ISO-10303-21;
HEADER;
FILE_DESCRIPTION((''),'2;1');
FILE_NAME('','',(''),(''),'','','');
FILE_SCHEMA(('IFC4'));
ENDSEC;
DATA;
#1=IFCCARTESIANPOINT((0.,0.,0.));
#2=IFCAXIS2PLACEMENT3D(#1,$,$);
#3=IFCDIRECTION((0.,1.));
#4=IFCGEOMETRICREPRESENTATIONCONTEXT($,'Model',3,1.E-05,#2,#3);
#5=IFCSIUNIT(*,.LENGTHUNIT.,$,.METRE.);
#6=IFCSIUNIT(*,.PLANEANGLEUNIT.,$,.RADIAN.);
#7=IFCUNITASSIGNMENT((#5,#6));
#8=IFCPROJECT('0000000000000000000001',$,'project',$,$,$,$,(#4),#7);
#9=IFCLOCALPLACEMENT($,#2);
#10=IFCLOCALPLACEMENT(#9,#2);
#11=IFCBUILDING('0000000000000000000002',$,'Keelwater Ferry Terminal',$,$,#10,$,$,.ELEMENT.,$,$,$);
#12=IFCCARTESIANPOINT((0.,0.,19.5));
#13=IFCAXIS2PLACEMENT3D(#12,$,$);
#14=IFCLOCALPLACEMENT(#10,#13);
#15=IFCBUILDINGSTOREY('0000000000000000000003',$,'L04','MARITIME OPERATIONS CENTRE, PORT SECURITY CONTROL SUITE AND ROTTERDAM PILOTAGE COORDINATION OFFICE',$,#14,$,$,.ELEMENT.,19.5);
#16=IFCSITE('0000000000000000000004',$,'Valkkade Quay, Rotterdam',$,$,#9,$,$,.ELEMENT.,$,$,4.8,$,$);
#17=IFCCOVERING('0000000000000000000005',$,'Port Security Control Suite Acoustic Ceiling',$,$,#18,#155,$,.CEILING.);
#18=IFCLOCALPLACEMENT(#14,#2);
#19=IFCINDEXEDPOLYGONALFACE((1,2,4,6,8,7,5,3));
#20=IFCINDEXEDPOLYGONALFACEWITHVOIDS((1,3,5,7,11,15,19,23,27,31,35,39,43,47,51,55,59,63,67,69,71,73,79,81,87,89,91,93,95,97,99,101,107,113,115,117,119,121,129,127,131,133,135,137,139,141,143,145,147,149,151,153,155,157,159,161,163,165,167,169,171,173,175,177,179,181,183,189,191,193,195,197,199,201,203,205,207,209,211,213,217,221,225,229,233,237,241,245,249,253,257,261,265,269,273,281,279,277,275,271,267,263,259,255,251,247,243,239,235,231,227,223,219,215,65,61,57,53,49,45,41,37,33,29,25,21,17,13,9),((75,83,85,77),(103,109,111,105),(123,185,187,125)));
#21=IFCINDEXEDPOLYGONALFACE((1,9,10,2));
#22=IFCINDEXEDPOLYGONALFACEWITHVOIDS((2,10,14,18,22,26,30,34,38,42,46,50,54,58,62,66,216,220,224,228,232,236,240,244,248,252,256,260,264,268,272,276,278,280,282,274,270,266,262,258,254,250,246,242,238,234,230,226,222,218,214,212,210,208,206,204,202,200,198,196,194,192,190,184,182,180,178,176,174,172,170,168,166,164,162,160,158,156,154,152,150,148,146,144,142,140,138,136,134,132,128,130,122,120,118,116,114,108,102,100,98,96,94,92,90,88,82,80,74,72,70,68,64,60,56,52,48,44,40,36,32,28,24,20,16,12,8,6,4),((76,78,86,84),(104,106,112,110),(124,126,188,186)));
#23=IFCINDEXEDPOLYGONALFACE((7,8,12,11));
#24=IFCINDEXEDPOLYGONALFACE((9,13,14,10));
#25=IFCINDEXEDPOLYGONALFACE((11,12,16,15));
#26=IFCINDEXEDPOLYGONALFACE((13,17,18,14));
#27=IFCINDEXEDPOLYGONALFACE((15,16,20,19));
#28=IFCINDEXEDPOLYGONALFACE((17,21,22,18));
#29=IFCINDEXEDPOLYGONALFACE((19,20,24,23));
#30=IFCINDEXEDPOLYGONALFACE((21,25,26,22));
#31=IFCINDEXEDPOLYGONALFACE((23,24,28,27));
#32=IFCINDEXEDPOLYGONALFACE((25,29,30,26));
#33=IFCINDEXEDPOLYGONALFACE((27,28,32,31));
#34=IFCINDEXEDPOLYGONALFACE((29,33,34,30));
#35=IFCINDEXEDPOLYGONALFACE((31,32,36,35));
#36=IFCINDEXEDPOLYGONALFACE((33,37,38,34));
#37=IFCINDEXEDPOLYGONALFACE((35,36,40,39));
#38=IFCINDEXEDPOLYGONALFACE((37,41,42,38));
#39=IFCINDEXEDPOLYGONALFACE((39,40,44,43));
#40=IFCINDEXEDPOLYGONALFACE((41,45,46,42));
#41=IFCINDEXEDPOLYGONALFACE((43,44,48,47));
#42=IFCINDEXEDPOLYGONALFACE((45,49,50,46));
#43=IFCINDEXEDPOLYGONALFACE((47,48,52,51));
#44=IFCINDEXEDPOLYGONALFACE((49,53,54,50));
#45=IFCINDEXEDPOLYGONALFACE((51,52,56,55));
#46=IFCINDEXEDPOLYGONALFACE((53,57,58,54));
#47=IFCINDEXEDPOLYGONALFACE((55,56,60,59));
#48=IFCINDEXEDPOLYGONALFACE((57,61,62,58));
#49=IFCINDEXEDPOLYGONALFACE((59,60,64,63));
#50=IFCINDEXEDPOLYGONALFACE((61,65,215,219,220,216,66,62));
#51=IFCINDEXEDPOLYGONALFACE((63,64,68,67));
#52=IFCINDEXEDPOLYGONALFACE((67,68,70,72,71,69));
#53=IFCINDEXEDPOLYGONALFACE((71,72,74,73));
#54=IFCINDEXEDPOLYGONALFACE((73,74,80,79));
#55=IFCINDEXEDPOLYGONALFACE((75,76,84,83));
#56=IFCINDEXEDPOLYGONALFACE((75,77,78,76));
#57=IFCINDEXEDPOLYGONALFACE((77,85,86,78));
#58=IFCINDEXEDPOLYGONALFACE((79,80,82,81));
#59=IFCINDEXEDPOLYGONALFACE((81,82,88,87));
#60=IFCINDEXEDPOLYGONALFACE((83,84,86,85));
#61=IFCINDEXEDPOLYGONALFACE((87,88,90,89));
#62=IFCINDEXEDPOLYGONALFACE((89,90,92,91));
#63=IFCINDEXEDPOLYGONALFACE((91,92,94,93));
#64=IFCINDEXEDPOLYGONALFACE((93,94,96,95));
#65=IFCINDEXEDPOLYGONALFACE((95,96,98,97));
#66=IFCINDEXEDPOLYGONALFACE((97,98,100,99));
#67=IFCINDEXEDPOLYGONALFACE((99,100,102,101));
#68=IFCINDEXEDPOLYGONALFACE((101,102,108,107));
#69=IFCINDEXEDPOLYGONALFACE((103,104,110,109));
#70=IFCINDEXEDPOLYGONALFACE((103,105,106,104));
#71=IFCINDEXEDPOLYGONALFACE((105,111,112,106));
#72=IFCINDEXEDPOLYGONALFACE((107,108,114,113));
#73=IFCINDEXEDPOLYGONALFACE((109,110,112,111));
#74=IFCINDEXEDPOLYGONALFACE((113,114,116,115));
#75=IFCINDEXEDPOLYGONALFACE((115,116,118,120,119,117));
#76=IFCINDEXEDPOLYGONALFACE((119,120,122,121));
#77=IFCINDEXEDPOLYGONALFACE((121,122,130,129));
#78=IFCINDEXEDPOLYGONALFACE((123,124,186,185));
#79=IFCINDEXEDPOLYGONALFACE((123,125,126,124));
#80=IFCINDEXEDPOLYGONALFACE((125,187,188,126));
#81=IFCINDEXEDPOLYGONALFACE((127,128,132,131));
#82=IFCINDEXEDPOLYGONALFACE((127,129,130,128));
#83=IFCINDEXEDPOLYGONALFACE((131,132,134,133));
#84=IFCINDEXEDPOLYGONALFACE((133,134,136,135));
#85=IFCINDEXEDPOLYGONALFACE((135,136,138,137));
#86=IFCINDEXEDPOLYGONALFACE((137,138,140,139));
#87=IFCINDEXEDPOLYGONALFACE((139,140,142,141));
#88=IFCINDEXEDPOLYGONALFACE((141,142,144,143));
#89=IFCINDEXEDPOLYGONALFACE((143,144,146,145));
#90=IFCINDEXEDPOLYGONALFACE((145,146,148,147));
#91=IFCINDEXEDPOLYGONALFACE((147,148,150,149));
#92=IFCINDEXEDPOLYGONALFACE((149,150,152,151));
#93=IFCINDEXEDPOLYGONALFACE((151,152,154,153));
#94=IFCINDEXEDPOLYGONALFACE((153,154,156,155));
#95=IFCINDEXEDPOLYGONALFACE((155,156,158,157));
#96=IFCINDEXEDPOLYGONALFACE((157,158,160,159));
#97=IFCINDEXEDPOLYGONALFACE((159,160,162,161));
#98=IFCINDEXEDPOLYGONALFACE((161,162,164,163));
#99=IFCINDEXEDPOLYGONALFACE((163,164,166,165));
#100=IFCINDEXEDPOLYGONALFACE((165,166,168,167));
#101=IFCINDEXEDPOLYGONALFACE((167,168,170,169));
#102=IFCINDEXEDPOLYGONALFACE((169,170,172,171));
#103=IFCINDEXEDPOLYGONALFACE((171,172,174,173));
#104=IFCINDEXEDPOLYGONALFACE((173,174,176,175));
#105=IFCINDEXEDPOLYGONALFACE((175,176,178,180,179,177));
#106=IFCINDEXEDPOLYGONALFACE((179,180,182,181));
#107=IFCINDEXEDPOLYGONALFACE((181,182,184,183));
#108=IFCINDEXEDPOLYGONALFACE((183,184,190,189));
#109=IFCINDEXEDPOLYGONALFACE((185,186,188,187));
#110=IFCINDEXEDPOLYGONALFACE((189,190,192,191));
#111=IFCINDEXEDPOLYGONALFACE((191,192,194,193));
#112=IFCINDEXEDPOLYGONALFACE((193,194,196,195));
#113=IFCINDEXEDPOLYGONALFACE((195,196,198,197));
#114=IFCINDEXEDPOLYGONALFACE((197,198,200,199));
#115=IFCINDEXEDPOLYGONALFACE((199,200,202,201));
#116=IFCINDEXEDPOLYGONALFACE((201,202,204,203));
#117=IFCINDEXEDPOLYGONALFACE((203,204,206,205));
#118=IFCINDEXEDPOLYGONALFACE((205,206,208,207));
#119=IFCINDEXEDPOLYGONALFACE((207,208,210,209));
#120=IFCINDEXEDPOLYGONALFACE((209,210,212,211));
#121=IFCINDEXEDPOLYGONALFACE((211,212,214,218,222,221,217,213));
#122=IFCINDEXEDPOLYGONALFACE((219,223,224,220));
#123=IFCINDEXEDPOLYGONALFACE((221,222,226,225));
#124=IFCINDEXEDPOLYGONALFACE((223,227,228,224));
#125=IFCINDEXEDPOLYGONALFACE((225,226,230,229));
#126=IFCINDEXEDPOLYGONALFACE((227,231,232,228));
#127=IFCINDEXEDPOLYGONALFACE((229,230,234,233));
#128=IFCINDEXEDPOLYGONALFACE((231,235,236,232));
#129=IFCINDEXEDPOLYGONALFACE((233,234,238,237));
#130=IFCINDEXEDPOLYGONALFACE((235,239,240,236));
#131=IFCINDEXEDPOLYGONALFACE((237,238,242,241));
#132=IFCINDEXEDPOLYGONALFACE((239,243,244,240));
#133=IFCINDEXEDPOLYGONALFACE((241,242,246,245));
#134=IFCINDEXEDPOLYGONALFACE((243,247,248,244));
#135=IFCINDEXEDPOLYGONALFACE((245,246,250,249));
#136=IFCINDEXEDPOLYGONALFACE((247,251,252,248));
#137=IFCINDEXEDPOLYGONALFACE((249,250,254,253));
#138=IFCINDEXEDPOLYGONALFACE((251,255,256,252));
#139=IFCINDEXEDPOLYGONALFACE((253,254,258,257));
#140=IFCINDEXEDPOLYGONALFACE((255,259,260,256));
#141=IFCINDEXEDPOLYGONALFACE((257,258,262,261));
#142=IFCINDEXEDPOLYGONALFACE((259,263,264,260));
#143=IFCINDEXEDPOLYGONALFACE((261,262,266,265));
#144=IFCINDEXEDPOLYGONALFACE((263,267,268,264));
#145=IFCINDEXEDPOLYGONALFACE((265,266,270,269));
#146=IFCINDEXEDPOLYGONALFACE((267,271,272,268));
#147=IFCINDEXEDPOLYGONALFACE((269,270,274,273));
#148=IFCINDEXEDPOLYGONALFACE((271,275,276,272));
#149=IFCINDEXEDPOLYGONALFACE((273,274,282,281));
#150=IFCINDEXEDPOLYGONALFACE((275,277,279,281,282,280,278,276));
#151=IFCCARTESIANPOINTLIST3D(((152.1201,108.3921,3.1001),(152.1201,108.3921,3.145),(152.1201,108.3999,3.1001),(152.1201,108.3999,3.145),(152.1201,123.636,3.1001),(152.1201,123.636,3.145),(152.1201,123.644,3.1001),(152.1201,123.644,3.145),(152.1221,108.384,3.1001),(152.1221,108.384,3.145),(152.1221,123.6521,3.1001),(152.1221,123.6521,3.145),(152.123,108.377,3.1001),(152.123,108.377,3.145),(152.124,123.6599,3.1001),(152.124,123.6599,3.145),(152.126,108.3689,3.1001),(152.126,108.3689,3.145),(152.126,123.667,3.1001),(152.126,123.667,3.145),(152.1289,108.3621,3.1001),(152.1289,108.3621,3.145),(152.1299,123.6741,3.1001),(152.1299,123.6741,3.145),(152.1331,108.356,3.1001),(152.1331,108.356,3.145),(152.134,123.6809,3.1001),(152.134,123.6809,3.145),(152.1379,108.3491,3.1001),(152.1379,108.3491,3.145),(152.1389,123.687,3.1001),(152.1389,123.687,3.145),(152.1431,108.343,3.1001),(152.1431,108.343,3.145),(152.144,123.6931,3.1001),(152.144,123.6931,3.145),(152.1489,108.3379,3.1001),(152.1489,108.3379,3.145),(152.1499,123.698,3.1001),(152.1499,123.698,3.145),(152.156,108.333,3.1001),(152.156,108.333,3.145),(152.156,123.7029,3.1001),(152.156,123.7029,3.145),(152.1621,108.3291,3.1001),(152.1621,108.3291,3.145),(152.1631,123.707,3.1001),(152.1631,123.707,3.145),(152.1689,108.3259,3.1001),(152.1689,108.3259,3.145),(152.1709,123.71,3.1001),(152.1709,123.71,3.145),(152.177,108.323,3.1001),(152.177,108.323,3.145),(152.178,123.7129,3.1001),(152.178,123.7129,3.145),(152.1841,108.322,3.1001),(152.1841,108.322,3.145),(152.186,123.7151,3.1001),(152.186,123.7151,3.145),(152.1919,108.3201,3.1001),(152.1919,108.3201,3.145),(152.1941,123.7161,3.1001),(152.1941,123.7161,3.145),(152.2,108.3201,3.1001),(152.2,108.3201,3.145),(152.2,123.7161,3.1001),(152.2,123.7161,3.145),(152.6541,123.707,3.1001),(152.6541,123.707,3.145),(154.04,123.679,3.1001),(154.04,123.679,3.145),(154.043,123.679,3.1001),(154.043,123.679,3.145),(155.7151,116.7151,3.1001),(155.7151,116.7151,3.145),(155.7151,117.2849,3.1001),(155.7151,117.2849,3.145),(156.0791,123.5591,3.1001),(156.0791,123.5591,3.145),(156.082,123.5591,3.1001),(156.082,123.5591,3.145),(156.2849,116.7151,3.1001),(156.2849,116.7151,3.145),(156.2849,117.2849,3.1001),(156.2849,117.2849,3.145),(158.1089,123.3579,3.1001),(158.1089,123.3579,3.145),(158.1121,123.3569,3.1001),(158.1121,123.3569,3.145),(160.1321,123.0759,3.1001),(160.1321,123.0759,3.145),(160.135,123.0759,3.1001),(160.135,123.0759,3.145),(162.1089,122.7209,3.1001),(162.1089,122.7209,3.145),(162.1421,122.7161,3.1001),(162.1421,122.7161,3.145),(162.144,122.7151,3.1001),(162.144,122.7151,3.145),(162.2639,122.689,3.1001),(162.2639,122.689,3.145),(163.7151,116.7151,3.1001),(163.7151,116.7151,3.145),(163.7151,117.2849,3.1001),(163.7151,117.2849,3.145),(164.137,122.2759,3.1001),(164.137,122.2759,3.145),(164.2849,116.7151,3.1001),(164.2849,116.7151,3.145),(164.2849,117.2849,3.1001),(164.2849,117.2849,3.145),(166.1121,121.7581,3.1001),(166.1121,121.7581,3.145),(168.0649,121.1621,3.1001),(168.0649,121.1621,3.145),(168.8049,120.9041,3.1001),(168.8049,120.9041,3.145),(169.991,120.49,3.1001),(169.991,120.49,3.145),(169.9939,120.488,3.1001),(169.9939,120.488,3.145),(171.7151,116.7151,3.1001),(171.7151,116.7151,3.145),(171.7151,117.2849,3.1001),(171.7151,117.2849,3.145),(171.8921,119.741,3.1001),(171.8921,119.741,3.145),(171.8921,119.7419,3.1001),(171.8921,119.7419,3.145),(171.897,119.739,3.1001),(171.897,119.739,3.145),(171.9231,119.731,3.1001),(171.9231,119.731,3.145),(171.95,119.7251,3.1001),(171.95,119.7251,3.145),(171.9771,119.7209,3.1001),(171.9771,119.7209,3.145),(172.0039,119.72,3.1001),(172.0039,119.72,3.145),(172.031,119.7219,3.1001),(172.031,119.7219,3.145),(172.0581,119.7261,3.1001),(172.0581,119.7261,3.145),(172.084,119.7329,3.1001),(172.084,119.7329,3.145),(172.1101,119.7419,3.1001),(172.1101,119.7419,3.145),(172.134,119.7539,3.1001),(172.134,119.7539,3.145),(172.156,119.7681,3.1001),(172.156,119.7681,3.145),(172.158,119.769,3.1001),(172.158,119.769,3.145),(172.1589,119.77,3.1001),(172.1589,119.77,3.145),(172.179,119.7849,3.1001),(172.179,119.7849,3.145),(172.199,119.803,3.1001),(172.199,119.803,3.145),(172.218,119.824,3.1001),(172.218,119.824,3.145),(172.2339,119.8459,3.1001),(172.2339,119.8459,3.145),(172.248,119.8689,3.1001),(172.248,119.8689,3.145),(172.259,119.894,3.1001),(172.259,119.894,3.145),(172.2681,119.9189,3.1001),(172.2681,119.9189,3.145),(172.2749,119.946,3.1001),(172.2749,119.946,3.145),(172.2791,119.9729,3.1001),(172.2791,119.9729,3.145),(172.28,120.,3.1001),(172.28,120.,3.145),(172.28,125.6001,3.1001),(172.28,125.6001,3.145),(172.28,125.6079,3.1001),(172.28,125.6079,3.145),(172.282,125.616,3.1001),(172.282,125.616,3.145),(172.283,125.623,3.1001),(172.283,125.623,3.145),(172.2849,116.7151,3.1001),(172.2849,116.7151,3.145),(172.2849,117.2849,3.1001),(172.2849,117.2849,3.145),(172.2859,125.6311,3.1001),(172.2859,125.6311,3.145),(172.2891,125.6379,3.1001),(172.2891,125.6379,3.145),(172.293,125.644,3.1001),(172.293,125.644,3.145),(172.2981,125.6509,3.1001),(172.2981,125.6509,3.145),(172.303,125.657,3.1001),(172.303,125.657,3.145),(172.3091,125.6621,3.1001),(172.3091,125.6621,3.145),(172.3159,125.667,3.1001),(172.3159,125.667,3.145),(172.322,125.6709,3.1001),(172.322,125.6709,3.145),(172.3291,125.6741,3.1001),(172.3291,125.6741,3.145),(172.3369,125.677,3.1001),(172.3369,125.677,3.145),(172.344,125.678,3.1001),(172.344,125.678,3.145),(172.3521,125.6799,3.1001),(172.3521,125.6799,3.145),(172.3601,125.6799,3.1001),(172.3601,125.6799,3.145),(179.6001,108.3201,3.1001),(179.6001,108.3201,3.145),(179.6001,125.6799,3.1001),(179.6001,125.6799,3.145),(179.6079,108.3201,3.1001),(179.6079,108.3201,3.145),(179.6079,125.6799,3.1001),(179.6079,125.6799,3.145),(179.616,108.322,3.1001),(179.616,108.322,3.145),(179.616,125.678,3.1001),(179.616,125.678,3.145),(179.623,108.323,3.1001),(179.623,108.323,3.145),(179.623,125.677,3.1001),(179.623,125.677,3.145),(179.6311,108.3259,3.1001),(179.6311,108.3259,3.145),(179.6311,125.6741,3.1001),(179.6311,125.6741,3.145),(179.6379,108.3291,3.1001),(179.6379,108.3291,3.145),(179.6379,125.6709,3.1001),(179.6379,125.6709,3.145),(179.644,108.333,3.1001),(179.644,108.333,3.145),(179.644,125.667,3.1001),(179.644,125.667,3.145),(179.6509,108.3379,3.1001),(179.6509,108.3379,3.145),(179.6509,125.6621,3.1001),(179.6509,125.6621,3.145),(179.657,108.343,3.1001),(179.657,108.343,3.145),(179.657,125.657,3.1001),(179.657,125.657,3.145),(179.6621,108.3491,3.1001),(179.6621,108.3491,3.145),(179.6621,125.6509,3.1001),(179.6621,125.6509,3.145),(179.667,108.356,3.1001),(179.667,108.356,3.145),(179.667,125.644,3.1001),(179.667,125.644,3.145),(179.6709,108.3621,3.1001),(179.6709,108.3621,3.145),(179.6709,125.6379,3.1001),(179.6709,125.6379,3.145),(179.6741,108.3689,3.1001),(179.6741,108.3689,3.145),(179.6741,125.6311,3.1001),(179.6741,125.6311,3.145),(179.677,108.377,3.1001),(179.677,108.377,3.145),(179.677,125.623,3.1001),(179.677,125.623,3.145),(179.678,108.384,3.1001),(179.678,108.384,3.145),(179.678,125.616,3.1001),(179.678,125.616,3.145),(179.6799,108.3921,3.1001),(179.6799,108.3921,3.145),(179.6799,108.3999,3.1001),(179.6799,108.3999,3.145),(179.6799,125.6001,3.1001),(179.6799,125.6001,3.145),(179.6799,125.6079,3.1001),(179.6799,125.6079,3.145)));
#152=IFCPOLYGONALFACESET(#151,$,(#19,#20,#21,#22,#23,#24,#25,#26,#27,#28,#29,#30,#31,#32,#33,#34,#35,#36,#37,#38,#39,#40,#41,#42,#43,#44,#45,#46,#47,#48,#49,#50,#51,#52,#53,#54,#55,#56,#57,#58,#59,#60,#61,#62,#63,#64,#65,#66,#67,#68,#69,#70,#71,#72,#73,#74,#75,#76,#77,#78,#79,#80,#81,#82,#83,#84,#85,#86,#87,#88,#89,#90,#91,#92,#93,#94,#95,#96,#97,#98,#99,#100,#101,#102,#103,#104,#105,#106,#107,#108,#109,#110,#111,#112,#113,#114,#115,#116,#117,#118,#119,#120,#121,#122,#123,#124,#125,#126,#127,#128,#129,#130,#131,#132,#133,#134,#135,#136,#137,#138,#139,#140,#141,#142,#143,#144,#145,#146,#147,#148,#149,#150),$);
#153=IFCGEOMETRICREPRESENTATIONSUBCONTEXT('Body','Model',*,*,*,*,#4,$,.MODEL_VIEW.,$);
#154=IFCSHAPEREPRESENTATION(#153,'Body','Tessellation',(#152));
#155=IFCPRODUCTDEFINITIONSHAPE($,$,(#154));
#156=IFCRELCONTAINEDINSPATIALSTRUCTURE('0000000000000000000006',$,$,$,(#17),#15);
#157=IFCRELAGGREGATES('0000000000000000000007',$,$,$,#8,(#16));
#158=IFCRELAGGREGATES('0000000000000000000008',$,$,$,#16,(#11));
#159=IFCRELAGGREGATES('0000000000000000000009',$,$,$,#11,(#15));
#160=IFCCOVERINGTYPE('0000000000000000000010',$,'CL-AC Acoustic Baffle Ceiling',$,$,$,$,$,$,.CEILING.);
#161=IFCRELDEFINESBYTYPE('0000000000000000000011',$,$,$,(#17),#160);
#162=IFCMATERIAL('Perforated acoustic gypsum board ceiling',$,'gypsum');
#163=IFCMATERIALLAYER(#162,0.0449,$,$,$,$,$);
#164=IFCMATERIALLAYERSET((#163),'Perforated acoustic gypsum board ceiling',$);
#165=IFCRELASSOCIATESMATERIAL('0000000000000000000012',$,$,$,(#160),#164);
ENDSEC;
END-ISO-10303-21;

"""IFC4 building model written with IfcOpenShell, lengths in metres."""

from ifc_helpers import new_model, si_unit, direction, frame, origin, place, context, subcontext, project, spatial, polyline, outline, extrude, material, layer, layer_set, type_object, element, save


model = new_model("IFC4")

# Units and contexts
model_context = context("Model", 3, precision=1e-05, world=origin(), true_north=direction((0.0, 1.0)))
body_context = subcontext(model_context, "Body", "Model", "MODEL_VIEW")
ifc_project = project(units=[si_unit("LENGTHUNIT", "METRE"), si_unit("PLANEANGLEUNIT", "RADIAN")], contexts=[model_context])

# Site, building, storey
site_placement = place(None, origin())
site = spatial("IfcSite", under=ifc_project, at=site_placement, Name="Valkkade Quay, Rotterdam", CompositionType="ELEMENT", RefElevation=4.8)
building_placement = place(site_placement, origin())
building = spatial("IfcBuilding", under=site, at=building_placement, Name="Keelwater Ferry Terminal", CompositionType="ELEMENT")
storey_placement = place(building_placement, frame((0.0, 0.0, 19.5)))
storey = spatial("IfcBuildingStorey", under=building, at=storey_placement, Name="L04", Description="MARITIME OPERATIONS CENTRE, PORT SECURITY CONTROL SUITE AND ROTTERDAM PILOTAGE COORDINATION OFFICE", CompositionType="ELEMENT", Elevation=19.5)

# Covering
ifc_material_1 = material(Name="Perforated acoustic gypsum board ceiling", Category="gypsum")
ifc_layer_1 = layer(ifc_material_1, 0.0449)
ifc_layer_set_1 = layer_set([ifc_layer_1], Name="Perforated acoustic gypsum board ceiling")
covering_type_1 = type_object("IfcCoveringType", Name="CL-AC Acoustic Baffle Ceiling", PredefinedType="CEILING", material=ifc_layer_set_1)
covering_1_placement = place(storey_placement, frame((0.0, 0.0, 3.1001)))
element("IfcCovering", 1, at=covering_1_placement, inside=storey, type_object=covering_type_1, Name="Port Security Control Suite Acoustic Ceiling", PredefinedType="CEILING", context=body_context, shape_type="SweptSolid", body=[
    extrude(outline(polyline([(156.0791, 123.5591), (156.082, 123.5591), (158.1089, 123.3579), (158.1121, 123.3569), (160.1321, 123.0759), (160.135, 123.0759), (162.1089, 122.7209), (162.1421, 122.7161), (162.144, 122.7151), (162.2639, 122.689), (164.137, 122.2759), (166.1121, 121.7581), (168.0649, 121.1621), (168.8049, 120.9041), (169.991, 120.49), (169.9939, 120.488), (171.8921, 119.7419), (171.8921, 119.741), (171.897, 119.739), (171.9231, 119.731), (171.95, 119.7251), (171.9771, 119.7209), (172.0039, 119.72), (172.031, 119.7219), (172.0581, 119.7261), (172.084, 119.7329), (172.1101, 119.7419), (172.134, 119.7539), (172.156, 119.7681), (172.158, 119.769), (172.1589, 119.77), (172.179, 119.7849), (172.199, 119.803), (172.218, 119.824), (172.2339, 119.8459), (172.248, 119.8689), (172.259, 119.894), (172.2681, 119.9189), (172.2749, 119.946), (172.2791, 119.9729), (172.28, 120.0), (172.28, 125.6001), (172.28, 125.6001), (172.28, 125.6079), (172.282, 125.616), (172.283, 125.623), (172.2859, 125.6311), (172.2891, 125.6379), (172.293, 125.644), (172.2981, 125.6509), (172.303, 125.657), (172.3091, 125.6621), (172.3159, 125.667), (172.322, 125.6709), (172.3291, 125.6741), (172.3369, 125.677), (172.344, 125.678), (172.3521, 125.6799), (172.3601, 125.6799), (179.6001, 125.6799), (179.6079, 125.6799), (179.616, 125.678), (179.623, 125.677), (179.6311, 125.6741), (179.6379, 125.6709), (179.644, 125.667), (179.6509, 125.6621), (179.657, 125.657), (179.6621, 125.6509), (179.667, 125.644), (179.6709, 125.6379), (179.6741, 125.6311), (179.677, 125.623), (179.678, 125.616), (179.6799, 125.6079), (179.6799, 125.6001), (179.6799, 108.3999), (179.6799, 108.3921), (179.678, 108.384), (179.677, 108.377), (179.6741, 108.3689), (179.6709, 108.3621), (179.667, 108.356), (179.6621, 108.3491), (179.657, 108.343), (179.6509, 108.3379), (179.644, 108.333), (179.6379, 108.3291), (179.6311, 108.3259), (179.623, 108.323), (179.616, 108.322), (179.6079, 108.3201), (179.6001, 108.3201), (152.2, 108.3201), (152.1919, 108.3201), (152.1841, 108.322), (152.177, 108.323), (152.1689, 108.3259), (152.1621, 108.3291), (152.156, 108.333), (152.1489, 108.3379), (152.1431, 108.343), (152.1379, 108.3491), (152.1331, 108.356), (152.1289, 108.3621), (152.126, 108.3689), (152.123, 108.377), (152.1221, 108.384), (152.1201, 108.3921), (152.1201, 108.3999), (152.1201, 123.636), (152.1201, 123.644), (152.1221, 123.6521), (152.124, 123.6599), (152.126, 123.667), (152.1299, 123.6741), (152.134, 123.6809), (152.1389, 123.687), (152.144, 123.6931), (152.1499, 123.698), (152.156, 123.7029), (152.1631, 123.707), (152.1709, 123.71), (152.178, 123.7129), (152.186, 123.7151), (152.1941, 123.7161), (152.2, 123.7161), (152.6541, 123.707), (154.04, 123.679), (154.043, 123.679), (156.0791, 123.5591)]), holes=[polyline([(156.2849, 116.7151), (156.2849, 117.2849), (155.7151, 117.2849), (155.7151, 116.7151), (156.2849, 116.7151)]), polyline([(163.7151, 116.7151), (164.2849, 116.7151), (164.2849, 117.2849), (163.7151, 117.2849), (163.7151, 116.7151)]), polyline([(171.7151, 116.7151), (172.2849, 116.7151), (172.2849, 117.2849), (171.7151, 117.2849), (171.7151, 116.7151)])]), origin(), (0.0, 0.0, 1.0), 0.0449),
])

save(model, "model.ifc")
